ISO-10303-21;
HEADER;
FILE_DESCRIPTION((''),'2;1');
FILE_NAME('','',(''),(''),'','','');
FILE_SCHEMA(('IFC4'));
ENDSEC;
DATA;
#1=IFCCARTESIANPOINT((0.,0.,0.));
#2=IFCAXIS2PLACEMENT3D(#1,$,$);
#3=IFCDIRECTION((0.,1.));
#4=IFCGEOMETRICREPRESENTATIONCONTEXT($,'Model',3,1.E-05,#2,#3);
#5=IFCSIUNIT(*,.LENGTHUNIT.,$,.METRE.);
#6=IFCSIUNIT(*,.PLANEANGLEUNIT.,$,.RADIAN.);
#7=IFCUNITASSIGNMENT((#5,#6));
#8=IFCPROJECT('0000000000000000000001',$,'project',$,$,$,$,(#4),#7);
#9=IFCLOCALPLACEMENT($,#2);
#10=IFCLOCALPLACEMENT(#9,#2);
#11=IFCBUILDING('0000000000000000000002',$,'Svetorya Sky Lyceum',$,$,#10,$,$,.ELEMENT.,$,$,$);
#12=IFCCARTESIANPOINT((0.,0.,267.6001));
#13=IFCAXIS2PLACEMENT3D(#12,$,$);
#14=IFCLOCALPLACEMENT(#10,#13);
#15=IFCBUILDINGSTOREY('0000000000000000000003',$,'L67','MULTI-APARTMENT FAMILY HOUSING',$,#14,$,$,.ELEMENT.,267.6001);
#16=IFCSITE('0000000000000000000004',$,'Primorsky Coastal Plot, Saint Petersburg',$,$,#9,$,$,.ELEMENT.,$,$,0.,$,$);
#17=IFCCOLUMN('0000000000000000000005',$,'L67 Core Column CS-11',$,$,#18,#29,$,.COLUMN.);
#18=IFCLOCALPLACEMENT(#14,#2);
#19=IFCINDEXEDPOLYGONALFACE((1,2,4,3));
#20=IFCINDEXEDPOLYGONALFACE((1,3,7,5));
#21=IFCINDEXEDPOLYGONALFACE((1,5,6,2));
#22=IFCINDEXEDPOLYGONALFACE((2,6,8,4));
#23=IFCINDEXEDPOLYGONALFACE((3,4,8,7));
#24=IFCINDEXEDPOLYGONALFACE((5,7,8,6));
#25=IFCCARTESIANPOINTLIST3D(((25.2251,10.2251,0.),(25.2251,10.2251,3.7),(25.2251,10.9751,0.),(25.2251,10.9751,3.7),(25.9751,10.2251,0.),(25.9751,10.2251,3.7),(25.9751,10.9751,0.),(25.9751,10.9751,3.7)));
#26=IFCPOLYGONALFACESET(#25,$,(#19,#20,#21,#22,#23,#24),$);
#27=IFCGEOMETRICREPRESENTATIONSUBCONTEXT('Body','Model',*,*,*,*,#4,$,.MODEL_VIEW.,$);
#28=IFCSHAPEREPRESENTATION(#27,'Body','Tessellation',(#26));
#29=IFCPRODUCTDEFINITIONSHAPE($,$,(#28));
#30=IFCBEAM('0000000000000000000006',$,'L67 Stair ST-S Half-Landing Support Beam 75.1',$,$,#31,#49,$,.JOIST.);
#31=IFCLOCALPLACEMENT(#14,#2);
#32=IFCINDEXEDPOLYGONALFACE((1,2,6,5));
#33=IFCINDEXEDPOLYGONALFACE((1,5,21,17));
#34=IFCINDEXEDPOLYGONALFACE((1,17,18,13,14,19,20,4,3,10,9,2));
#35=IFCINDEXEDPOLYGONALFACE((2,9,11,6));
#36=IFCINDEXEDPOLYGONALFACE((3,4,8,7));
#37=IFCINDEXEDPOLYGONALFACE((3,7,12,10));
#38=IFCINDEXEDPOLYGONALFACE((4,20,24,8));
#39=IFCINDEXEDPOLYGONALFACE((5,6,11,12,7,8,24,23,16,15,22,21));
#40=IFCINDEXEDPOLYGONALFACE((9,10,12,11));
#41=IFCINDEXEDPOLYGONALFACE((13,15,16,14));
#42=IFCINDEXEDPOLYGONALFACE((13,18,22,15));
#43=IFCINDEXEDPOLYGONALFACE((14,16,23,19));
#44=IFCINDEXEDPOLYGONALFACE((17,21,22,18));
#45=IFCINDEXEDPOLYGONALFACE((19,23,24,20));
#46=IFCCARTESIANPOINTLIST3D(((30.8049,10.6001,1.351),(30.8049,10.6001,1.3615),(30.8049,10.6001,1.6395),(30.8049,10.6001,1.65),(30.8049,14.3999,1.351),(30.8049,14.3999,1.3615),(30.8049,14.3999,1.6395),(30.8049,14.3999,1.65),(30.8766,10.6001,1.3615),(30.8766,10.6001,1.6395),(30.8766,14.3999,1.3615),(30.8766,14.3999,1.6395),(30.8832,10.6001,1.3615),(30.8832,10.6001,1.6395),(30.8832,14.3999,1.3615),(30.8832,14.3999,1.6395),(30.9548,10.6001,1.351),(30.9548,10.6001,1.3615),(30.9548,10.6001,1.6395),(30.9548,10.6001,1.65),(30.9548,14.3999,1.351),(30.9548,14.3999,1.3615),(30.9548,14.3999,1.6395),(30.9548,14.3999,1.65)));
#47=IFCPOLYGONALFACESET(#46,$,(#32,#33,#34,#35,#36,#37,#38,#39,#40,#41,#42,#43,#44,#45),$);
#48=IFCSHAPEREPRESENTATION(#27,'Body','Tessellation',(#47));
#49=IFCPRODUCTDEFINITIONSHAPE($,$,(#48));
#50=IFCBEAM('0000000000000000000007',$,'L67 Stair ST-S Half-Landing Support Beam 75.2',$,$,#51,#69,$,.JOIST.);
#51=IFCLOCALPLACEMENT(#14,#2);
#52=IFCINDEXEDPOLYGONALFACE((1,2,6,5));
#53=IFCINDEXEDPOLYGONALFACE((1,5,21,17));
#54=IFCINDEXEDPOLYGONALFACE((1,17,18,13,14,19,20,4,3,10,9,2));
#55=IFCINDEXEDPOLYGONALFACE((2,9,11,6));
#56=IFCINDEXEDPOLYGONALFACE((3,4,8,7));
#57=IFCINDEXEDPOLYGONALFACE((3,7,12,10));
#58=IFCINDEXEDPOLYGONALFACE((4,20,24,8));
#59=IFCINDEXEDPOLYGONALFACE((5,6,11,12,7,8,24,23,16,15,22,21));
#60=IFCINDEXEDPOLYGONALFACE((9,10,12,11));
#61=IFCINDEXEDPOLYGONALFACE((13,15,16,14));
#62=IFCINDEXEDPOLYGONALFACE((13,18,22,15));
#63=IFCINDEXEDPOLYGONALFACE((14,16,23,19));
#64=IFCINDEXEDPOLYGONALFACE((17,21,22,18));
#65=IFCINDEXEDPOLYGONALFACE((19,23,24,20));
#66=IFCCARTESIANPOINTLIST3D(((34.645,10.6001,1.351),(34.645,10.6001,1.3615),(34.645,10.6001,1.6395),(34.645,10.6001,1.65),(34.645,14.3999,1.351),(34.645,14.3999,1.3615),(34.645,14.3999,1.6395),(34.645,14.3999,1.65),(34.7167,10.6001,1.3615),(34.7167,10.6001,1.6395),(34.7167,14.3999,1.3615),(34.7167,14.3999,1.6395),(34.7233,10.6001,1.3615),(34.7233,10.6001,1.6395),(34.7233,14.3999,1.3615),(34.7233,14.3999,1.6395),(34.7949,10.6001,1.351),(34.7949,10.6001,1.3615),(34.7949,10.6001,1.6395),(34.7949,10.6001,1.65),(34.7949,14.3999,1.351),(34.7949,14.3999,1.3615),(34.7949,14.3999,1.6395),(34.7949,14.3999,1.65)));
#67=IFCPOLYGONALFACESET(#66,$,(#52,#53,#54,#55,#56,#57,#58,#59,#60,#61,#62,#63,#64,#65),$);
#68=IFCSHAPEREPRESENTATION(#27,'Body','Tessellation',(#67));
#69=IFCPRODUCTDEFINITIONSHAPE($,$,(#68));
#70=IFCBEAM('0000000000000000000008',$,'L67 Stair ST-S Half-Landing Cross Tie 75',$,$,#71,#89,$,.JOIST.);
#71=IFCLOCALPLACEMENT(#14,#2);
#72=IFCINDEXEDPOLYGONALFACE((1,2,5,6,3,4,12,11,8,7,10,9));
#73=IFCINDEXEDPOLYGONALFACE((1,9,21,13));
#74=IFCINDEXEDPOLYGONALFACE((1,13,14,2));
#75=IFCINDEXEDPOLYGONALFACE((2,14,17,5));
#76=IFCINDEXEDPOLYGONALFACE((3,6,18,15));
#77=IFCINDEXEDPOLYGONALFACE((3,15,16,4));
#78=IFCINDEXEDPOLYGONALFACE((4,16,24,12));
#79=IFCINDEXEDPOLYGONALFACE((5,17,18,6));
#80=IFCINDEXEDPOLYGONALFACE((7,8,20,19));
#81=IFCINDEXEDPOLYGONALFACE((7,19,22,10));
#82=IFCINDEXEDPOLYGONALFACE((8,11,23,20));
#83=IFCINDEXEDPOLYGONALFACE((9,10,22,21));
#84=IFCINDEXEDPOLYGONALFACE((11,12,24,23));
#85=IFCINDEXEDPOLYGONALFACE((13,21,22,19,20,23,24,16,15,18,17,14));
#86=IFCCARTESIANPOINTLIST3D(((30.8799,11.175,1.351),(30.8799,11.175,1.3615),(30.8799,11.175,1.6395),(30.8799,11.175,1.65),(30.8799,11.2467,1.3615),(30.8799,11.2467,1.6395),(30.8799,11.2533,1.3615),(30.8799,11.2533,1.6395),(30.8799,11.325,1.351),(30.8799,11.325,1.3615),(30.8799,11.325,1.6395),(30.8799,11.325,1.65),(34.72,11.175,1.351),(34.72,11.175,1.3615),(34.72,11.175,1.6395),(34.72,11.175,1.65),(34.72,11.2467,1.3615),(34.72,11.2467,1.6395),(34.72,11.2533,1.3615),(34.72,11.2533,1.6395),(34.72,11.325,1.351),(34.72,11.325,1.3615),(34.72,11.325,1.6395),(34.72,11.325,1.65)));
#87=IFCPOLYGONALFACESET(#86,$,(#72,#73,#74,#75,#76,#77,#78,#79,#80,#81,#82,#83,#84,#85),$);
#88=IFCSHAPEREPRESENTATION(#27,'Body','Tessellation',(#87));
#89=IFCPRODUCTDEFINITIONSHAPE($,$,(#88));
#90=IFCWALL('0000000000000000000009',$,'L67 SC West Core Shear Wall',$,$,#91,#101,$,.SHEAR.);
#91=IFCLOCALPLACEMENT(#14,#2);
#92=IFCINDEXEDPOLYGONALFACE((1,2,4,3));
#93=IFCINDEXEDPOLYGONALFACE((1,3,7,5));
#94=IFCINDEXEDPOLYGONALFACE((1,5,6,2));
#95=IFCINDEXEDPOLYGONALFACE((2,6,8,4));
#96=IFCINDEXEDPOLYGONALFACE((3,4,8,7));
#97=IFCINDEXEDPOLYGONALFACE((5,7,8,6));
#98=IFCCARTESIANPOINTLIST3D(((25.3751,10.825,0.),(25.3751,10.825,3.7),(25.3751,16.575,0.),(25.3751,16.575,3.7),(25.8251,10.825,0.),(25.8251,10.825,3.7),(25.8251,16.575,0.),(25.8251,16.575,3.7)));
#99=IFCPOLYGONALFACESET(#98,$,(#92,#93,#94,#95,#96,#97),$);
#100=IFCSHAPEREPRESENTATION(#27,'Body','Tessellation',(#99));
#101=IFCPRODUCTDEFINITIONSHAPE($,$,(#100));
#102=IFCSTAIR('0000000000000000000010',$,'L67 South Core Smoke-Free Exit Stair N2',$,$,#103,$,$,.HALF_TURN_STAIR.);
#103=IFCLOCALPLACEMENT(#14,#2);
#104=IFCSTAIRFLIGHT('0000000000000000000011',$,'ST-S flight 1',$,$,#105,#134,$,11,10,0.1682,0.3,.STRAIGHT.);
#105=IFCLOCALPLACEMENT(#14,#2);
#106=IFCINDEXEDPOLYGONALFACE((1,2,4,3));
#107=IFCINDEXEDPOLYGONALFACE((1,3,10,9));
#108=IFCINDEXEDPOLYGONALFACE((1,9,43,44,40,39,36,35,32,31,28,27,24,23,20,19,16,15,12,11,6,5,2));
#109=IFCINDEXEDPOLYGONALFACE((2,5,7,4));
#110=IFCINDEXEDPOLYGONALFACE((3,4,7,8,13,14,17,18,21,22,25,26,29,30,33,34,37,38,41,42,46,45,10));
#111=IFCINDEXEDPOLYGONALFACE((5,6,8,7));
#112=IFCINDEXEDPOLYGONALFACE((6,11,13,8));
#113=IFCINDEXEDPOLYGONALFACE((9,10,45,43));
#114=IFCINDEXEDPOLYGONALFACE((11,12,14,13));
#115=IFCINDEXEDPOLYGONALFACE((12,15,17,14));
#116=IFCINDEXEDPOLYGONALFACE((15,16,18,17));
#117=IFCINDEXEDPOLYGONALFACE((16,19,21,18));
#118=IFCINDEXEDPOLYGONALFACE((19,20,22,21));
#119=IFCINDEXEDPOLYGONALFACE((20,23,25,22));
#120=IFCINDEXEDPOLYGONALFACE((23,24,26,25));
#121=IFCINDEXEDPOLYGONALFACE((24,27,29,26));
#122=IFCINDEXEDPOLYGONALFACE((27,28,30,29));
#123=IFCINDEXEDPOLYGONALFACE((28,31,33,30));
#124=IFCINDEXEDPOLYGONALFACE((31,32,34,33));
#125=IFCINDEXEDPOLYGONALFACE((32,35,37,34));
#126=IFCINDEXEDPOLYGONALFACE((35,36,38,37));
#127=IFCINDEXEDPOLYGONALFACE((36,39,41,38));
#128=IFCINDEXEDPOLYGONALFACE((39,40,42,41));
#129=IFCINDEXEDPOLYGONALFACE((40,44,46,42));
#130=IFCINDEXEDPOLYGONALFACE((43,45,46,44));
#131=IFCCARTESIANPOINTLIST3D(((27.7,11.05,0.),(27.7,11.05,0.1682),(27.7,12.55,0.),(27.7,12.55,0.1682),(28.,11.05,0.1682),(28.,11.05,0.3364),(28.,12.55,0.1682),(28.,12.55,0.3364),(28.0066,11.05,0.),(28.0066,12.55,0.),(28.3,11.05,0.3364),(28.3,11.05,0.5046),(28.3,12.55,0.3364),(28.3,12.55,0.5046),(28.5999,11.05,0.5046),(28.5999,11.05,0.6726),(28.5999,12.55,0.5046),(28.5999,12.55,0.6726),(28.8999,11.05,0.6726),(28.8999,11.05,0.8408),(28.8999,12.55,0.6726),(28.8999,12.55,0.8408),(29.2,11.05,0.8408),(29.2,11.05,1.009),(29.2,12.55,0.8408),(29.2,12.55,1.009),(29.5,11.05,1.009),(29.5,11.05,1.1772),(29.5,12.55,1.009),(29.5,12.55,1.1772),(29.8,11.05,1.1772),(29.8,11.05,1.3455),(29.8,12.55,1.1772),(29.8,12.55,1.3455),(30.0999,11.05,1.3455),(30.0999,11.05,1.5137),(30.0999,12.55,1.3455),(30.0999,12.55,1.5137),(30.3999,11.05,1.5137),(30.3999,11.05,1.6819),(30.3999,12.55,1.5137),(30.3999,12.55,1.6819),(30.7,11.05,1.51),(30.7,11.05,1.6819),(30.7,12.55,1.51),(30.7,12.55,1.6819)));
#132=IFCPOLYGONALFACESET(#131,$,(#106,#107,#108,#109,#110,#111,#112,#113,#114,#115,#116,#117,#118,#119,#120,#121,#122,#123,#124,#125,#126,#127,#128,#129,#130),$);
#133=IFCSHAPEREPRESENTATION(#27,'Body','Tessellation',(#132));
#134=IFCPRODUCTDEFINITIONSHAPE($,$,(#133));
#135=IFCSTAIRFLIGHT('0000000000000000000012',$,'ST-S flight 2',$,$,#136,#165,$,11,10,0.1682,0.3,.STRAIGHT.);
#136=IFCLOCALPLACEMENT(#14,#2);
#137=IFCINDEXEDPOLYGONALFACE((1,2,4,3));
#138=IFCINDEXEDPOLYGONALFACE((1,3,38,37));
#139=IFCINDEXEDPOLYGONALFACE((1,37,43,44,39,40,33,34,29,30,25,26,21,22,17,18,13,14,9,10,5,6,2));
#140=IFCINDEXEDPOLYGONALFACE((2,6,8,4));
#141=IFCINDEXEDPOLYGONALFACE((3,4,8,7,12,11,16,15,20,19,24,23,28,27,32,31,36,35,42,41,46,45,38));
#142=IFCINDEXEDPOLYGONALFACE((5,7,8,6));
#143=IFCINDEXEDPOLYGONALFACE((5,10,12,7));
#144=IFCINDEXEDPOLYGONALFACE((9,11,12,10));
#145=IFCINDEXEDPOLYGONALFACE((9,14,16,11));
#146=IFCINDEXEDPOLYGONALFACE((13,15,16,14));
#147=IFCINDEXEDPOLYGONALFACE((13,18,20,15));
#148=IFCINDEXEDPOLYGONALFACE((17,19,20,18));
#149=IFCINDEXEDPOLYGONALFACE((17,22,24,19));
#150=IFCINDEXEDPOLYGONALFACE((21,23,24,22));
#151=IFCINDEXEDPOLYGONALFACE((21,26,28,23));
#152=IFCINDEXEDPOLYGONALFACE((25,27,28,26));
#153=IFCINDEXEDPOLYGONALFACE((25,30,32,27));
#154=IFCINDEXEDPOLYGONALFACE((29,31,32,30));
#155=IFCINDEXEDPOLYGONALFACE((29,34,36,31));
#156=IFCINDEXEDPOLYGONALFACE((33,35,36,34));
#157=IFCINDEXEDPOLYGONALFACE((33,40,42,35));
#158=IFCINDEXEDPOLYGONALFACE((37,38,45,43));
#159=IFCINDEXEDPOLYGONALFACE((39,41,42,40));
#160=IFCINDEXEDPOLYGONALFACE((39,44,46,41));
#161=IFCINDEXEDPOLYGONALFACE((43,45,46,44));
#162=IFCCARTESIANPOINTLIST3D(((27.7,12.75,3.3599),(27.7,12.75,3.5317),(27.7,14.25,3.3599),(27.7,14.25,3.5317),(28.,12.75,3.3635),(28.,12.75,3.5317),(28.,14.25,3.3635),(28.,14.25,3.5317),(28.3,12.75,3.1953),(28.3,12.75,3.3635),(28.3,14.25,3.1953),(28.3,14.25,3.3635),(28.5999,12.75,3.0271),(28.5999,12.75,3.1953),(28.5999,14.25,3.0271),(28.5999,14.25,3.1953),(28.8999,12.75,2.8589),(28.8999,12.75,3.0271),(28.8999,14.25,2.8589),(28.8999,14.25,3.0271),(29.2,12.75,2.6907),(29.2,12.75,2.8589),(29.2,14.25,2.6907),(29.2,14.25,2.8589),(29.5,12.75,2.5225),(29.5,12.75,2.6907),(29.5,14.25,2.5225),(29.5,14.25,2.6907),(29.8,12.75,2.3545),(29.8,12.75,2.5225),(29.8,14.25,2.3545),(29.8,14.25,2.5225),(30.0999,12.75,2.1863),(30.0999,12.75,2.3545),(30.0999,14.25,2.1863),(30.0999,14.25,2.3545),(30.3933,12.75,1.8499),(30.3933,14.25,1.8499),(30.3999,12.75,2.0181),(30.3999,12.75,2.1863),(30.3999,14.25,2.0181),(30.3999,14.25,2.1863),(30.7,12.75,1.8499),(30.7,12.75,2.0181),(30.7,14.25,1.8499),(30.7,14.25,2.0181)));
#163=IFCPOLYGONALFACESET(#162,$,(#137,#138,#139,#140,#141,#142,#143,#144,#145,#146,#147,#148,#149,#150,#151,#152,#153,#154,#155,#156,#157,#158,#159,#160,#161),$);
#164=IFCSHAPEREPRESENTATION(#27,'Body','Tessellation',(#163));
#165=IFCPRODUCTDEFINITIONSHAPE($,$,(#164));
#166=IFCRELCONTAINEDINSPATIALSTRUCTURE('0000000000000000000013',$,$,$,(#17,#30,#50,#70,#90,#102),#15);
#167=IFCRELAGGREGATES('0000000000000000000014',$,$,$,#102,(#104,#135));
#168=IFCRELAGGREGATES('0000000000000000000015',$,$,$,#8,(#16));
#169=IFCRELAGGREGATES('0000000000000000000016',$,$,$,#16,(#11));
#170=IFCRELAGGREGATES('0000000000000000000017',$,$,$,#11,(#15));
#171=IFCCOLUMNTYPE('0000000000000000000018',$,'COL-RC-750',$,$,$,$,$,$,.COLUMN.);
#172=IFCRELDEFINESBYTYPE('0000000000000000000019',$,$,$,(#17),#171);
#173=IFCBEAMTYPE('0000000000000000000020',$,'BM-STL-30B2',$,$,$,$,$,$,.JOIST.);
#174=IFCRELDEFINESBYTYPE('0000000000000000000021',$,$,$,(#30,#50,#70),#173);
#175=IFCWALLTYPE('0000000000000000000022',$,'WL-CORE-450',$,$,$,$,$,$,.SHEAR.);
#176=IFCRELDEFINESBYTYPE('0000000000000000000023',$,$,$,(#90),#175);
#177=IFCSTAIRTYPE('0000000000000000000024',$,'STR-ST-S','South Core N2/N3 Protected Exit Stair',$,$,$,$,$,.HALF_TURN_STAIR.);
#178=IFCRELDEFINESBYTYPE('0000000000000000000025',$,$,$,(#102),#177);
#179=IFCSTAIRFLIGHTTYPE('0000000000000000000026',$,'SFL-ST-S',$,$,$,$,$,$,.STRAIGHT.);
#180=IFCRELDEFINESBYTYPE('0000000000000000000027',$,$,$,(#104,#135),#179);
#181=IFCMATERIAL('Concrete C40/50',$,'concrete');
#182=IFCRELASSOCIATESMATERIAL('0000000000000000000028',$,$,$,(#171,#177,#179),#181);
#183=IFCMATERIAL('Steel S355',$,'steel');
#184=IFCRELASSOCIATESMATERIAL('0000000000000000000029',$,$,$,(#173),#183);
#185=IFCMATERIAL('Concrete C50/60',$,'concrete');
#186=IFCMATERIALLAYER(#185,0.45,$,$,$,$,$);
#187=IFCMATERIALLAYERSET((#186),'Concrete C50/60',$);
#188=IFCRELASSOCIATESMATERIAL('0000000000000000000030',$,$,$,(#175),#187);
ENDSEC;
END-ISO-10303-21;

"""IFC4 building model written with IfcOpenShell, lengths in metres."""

from ifc_helpers import new_model, si_unit, direction, frame, frame_2d, origin, origin_2d, place, context, subcontext, project, spatial, polyline, rectangle, i_section, outline, extrude, material, layer, layer_set, material_profile, profile_set, type_object, element, aggregate, save


model = new_model("IFC4")

# Units and contexts
model_context = context("Model", 3, precision=1e-05, world=origin(), true_north=direction((0.0, 1.0)))
body_context = subcontext(model_context, "Body", "Model", "MODEL_VIEW")
ifc_project = project(units=[si_unit("LENGTHUNIT", "METRE"), si_unit("PLANEANGLEUNIT", "RADIAN")], contexts=[model_context])

# Site, building, storey
site_placement = place(None, origin())
site = spatial("IfcSite", under=ifc_project, at=site_placement, Name="Primorsky Coastal Plot, Saint Petersburg", CompositionType="ELEMENT", RefElevation=0.0)
building_placement = place(site_placement, origin())
building = spatial("IfcBuilding", under=site, at=building_placement, Name="Svetorya Sky Lyceum", CompositionType="ELEMENT")
storey_placement = place(building_placement, frame((0.0, 0.0, 267.6001)))
storey = spatial("IfcBuildingStorey", under=building, at=storey_placement, Name="L67", Description="MULTI-APARTMENT FAMILY HOUSING", CompositionType="ELEMENT", Elevation=267.6001)

# Column
ifc_material_1 = material(Name="Concrete C40/50", Category="concrete")
ifc_material_profile_1 = material_profile(ifc_material_1, rectangle(XDim=0.75, YDim=0.75, at=origin_2d()), Name="RC COL 750x750")
ifc_profile_set_1 = profile_set([ifc_material_profile_1], Name="Concrete C40/50")
column_type = type_object("IfcColumnType", Name="COL-RC-750", PredefinedType="COLUMN", material=ifc_profile_set_1)
column_placement = place(storey_placement, frame((25.6001, 10.6001, 0.0), z_axis=(0.0, 0.0, 1.0), x_axis=(1.0, 0.0, 0.0)))
element("IfcColumn", 1, at=column_placement, inside=storey, type_object=column_type, Name="L67 Core Column CS-11", PredefinedType="COLUMN", context=body_context, shape_type="SweptSolid", body=[
    extrude(rectangle(XDim=0.75, YDim=0.75, at=origin_2d()), origin(), (0.0, 0.0, 1.0), 3.7),
])

# Beams
ifc_material_2 = material(Name="Steel S355", Category="steel")
ifc_material_profile_2 = material_profile(ifc_material_2, i_section(OverallWidth=0.1499, OverallDepth=0.2991, WebThickness=0.0066, FlangeThickness=0.0105, at=origin_2d()), Name="GOST 30B2")
ifc_profile_set_2 = profile_set([ifc_material_profile_2], Name="Steel S355")
beam_type = type_object("IfcBeamType", Name="BM-STL-30B2", PredefinedType="JOIST", material=ifc_profile_set_2)
for number, where, z_axis, x_axis, name in (
    (2, (30.8799, 10.6001, 1.5005), (0.0, 1.0, 0.0), (-1.0, 0.0, 0.0), "L67 Stair ST-S Half-Landing Support Beam 75.1"),
    (3, (34.72, 10.6001, 1.5005), (0.0, 1.0, 0.0), (-1.0, 0.0, 0.0), "L67 Stair ST-S Half-Landing Support Beam 75.2"),
):
    element("IfcBeam", number, at=place(storey_placement, frame(where, z_axis=z_axis, x_axis=x_axis)), inside=storey, type_object=beam_type, Name=name, PredefinedType="JOIST", context=body_context, shape_type="SweptSolid", body=[
        extrude(i_section(OverallWidth=0.1499, OverallDepth=0.2991, WebThickness=0.0066, FlangeThickness=0.0105, at=origin_2d()), origin(), (0.0, 0.0, 1.0), 3.7998),
    ])
beam_placement = place(storey_placement, frame((30.8799, 11.25, 1.5005), z_axis=(1.0, 0.0, 0.0), x_axis=(0.0, 1.0, 0.0)))
element("IfcBeam", 4, at=beam_placement, inside=storey, type_object=beam_type, Name="L67 Stair ST-S Half-Landing Cross Tie 75", PredefinedType="JOIST", context=body_context, shape_type="SweptSolid", body=[
    extrude(i_section(OverallWidth=0.1499, OverallDepth=0.2991, WebThickness=0.0066, FlangeThickness=0.0105, at=origin_2d()), origin(), (0.0, 0.0, 1.0), 3.8401),
])

# Wall
ifc_material_3 = material(Name="Concrete C50/60", Category="concrete")
ifc_layer = layer(ifc_material_3, 0.45)
ifc_layer_set = layer_set([ifc_layer], Name="Concrete C50/60")
wall_type = type_object("IfcWallType", Name="WL-CORE-450", PredefinedType="SHEAR", material=ifc_layer_set)
wall_placement = place(storey_placement, frame((25.6001, 10.825, 0.0), z_axis=(0.0, 0.0, 1.0), x_axis=(0.0, 1.0, 0.0)))
element("IfcWall", 5, at=wall_placement, inside=storey, type_object=wall_type, Name="L67 SC West Core Shear Wall", PredefinedType="SHEAR", context=body_context, shape_type="SweptSolid", body=[
    extrude(rectangle(XDim=5.75, YDim=0.45, at=frame_2d((2.875, 0.0))), origin(), (0.0, 0.0, 1.0), 3.7),
])

# Stair, stair flights
stair_type = type_object("IfcStairType", Name="STR-ST-S", Description="South Core N2/N3 Protected Exit Stair", PredefinedType="HALF_TURN_STAIR", material=ifc_material_1)
stair_placement = place(storey_placement, origin())
stair = element("IfcStair", 6, at=stair_placement, inside=storey, type_object=stair_type, Name="L67 South Core Smoke-Free Exit Stair N2", PredefinedType="HALF_TURN_STAIR")
stair_flight_type = type_object("IfcStairFlightType", Name="SFL-ST-S", PredefinedType="STRAIGHT", material=ifc_material_1)
stair_flight_1_placement = place(storey_placement, frame((27.7, 11.8, 0.0), z_axis=(0.0, 0.0, 1.0), x_axis=(1.0, 0.0, 0.0)))
stair_flight_1 = element("IfcStairFlight", 7, at=stair_flight_1_placement, type_object=stair_flight_type, Name="ST-S flight 1", NumberOfRisers=11, NumberOfTreads=10, PredefinedType="STRAIGHT", RiserHeight=0.1682, TreadLength=0.3, context=body_context, shape_type="SweptSolid", body=[
    extrude(outline(polyline([(0.0, 0.0), (0.0, 0.1682), (0.3, 0.1682), (0.3, 0.3364), (0.6001, 0.3364), (0.6001, 0.5046), (0.8999, 0.5046), (0.8999, 0.6726), (1.2, 0.6726), (1.2, 0.8408), (1.5, 0.8408), (1.5, 1.009), (1.8, 1.009), (1.8, 1.1772), (2.1001, 1.1772), (2.1001, 1.3455), (2.3999, 1.3455), (2.3999, 1.5137), (2.7, 1.5137), (2.7, 1.6819), (3.0, 1.6819), (3.0, 1.8501), (3.0, 1.51), (0.3066, 0.0), (0.0, 0.0)])), frame((0.0, 0.75, 0.0), z_axis=(0.0, -1.0, 0.0), x_axis=(1.0, 0.0, 0.0)), (0.0, 0.0, 1.0), 1.5),
])
stair_flight_2_placement = place(storey_placement, frame((30.7, 13.5, 1.8499), z_axis=(0.0, 0.0, 1.0), x_axis=(-1.0, 0.0, 0.0)))
stair_flight_2 = element("IfcStairFlight", 8, at=stair_flight_2_placement, type_object=stair_flight_type, Name="ST-S flight 2", NumberOfRisers=11, NumberOfTreads=10, PredefinedType="STRAIGHT", RiserHeight=0.1682, TreadLength=0.3, context=body_context, shape_type="SweptSolid", body=[
    extrude(outline(polyline([(0.0, 0.0), (0.0, 0.1682), (0.3, 0.1682), (0.3, 0.3364), (0.6001, 0.3364), (0.6001, 0.5046), (0.8999, 0.5046), (0.8999, 0.6726), (1.2, 0.6726), (1.2, 0.8408), (1.5, 0.8408), (1.5, 1.009), (1.8, 1.009), (1.8, 1.1772), (2.1001, 1.1772), (2.1001, 1.3455), (2.3999, 1.3455), (2.3999, 1.5137), (2.7, 1.5137), (2.7, 1.6819), (3.0, 1.6819), (3.0, 1.8501), (3.0, 1.51), (0.3066, 0.0), (0.0, 0.0)])), frame((0.0, 0.75, 0.0), z_axis=(0.0, -1.0, 0.0), x_axis=(1.0, 0.0, 0.0)), (0.0, 0.0, 1.0), 1.5),
])
aggregate(stair, [stair_flight_1, stair_flight_2])

save(model, "model.ifc")
